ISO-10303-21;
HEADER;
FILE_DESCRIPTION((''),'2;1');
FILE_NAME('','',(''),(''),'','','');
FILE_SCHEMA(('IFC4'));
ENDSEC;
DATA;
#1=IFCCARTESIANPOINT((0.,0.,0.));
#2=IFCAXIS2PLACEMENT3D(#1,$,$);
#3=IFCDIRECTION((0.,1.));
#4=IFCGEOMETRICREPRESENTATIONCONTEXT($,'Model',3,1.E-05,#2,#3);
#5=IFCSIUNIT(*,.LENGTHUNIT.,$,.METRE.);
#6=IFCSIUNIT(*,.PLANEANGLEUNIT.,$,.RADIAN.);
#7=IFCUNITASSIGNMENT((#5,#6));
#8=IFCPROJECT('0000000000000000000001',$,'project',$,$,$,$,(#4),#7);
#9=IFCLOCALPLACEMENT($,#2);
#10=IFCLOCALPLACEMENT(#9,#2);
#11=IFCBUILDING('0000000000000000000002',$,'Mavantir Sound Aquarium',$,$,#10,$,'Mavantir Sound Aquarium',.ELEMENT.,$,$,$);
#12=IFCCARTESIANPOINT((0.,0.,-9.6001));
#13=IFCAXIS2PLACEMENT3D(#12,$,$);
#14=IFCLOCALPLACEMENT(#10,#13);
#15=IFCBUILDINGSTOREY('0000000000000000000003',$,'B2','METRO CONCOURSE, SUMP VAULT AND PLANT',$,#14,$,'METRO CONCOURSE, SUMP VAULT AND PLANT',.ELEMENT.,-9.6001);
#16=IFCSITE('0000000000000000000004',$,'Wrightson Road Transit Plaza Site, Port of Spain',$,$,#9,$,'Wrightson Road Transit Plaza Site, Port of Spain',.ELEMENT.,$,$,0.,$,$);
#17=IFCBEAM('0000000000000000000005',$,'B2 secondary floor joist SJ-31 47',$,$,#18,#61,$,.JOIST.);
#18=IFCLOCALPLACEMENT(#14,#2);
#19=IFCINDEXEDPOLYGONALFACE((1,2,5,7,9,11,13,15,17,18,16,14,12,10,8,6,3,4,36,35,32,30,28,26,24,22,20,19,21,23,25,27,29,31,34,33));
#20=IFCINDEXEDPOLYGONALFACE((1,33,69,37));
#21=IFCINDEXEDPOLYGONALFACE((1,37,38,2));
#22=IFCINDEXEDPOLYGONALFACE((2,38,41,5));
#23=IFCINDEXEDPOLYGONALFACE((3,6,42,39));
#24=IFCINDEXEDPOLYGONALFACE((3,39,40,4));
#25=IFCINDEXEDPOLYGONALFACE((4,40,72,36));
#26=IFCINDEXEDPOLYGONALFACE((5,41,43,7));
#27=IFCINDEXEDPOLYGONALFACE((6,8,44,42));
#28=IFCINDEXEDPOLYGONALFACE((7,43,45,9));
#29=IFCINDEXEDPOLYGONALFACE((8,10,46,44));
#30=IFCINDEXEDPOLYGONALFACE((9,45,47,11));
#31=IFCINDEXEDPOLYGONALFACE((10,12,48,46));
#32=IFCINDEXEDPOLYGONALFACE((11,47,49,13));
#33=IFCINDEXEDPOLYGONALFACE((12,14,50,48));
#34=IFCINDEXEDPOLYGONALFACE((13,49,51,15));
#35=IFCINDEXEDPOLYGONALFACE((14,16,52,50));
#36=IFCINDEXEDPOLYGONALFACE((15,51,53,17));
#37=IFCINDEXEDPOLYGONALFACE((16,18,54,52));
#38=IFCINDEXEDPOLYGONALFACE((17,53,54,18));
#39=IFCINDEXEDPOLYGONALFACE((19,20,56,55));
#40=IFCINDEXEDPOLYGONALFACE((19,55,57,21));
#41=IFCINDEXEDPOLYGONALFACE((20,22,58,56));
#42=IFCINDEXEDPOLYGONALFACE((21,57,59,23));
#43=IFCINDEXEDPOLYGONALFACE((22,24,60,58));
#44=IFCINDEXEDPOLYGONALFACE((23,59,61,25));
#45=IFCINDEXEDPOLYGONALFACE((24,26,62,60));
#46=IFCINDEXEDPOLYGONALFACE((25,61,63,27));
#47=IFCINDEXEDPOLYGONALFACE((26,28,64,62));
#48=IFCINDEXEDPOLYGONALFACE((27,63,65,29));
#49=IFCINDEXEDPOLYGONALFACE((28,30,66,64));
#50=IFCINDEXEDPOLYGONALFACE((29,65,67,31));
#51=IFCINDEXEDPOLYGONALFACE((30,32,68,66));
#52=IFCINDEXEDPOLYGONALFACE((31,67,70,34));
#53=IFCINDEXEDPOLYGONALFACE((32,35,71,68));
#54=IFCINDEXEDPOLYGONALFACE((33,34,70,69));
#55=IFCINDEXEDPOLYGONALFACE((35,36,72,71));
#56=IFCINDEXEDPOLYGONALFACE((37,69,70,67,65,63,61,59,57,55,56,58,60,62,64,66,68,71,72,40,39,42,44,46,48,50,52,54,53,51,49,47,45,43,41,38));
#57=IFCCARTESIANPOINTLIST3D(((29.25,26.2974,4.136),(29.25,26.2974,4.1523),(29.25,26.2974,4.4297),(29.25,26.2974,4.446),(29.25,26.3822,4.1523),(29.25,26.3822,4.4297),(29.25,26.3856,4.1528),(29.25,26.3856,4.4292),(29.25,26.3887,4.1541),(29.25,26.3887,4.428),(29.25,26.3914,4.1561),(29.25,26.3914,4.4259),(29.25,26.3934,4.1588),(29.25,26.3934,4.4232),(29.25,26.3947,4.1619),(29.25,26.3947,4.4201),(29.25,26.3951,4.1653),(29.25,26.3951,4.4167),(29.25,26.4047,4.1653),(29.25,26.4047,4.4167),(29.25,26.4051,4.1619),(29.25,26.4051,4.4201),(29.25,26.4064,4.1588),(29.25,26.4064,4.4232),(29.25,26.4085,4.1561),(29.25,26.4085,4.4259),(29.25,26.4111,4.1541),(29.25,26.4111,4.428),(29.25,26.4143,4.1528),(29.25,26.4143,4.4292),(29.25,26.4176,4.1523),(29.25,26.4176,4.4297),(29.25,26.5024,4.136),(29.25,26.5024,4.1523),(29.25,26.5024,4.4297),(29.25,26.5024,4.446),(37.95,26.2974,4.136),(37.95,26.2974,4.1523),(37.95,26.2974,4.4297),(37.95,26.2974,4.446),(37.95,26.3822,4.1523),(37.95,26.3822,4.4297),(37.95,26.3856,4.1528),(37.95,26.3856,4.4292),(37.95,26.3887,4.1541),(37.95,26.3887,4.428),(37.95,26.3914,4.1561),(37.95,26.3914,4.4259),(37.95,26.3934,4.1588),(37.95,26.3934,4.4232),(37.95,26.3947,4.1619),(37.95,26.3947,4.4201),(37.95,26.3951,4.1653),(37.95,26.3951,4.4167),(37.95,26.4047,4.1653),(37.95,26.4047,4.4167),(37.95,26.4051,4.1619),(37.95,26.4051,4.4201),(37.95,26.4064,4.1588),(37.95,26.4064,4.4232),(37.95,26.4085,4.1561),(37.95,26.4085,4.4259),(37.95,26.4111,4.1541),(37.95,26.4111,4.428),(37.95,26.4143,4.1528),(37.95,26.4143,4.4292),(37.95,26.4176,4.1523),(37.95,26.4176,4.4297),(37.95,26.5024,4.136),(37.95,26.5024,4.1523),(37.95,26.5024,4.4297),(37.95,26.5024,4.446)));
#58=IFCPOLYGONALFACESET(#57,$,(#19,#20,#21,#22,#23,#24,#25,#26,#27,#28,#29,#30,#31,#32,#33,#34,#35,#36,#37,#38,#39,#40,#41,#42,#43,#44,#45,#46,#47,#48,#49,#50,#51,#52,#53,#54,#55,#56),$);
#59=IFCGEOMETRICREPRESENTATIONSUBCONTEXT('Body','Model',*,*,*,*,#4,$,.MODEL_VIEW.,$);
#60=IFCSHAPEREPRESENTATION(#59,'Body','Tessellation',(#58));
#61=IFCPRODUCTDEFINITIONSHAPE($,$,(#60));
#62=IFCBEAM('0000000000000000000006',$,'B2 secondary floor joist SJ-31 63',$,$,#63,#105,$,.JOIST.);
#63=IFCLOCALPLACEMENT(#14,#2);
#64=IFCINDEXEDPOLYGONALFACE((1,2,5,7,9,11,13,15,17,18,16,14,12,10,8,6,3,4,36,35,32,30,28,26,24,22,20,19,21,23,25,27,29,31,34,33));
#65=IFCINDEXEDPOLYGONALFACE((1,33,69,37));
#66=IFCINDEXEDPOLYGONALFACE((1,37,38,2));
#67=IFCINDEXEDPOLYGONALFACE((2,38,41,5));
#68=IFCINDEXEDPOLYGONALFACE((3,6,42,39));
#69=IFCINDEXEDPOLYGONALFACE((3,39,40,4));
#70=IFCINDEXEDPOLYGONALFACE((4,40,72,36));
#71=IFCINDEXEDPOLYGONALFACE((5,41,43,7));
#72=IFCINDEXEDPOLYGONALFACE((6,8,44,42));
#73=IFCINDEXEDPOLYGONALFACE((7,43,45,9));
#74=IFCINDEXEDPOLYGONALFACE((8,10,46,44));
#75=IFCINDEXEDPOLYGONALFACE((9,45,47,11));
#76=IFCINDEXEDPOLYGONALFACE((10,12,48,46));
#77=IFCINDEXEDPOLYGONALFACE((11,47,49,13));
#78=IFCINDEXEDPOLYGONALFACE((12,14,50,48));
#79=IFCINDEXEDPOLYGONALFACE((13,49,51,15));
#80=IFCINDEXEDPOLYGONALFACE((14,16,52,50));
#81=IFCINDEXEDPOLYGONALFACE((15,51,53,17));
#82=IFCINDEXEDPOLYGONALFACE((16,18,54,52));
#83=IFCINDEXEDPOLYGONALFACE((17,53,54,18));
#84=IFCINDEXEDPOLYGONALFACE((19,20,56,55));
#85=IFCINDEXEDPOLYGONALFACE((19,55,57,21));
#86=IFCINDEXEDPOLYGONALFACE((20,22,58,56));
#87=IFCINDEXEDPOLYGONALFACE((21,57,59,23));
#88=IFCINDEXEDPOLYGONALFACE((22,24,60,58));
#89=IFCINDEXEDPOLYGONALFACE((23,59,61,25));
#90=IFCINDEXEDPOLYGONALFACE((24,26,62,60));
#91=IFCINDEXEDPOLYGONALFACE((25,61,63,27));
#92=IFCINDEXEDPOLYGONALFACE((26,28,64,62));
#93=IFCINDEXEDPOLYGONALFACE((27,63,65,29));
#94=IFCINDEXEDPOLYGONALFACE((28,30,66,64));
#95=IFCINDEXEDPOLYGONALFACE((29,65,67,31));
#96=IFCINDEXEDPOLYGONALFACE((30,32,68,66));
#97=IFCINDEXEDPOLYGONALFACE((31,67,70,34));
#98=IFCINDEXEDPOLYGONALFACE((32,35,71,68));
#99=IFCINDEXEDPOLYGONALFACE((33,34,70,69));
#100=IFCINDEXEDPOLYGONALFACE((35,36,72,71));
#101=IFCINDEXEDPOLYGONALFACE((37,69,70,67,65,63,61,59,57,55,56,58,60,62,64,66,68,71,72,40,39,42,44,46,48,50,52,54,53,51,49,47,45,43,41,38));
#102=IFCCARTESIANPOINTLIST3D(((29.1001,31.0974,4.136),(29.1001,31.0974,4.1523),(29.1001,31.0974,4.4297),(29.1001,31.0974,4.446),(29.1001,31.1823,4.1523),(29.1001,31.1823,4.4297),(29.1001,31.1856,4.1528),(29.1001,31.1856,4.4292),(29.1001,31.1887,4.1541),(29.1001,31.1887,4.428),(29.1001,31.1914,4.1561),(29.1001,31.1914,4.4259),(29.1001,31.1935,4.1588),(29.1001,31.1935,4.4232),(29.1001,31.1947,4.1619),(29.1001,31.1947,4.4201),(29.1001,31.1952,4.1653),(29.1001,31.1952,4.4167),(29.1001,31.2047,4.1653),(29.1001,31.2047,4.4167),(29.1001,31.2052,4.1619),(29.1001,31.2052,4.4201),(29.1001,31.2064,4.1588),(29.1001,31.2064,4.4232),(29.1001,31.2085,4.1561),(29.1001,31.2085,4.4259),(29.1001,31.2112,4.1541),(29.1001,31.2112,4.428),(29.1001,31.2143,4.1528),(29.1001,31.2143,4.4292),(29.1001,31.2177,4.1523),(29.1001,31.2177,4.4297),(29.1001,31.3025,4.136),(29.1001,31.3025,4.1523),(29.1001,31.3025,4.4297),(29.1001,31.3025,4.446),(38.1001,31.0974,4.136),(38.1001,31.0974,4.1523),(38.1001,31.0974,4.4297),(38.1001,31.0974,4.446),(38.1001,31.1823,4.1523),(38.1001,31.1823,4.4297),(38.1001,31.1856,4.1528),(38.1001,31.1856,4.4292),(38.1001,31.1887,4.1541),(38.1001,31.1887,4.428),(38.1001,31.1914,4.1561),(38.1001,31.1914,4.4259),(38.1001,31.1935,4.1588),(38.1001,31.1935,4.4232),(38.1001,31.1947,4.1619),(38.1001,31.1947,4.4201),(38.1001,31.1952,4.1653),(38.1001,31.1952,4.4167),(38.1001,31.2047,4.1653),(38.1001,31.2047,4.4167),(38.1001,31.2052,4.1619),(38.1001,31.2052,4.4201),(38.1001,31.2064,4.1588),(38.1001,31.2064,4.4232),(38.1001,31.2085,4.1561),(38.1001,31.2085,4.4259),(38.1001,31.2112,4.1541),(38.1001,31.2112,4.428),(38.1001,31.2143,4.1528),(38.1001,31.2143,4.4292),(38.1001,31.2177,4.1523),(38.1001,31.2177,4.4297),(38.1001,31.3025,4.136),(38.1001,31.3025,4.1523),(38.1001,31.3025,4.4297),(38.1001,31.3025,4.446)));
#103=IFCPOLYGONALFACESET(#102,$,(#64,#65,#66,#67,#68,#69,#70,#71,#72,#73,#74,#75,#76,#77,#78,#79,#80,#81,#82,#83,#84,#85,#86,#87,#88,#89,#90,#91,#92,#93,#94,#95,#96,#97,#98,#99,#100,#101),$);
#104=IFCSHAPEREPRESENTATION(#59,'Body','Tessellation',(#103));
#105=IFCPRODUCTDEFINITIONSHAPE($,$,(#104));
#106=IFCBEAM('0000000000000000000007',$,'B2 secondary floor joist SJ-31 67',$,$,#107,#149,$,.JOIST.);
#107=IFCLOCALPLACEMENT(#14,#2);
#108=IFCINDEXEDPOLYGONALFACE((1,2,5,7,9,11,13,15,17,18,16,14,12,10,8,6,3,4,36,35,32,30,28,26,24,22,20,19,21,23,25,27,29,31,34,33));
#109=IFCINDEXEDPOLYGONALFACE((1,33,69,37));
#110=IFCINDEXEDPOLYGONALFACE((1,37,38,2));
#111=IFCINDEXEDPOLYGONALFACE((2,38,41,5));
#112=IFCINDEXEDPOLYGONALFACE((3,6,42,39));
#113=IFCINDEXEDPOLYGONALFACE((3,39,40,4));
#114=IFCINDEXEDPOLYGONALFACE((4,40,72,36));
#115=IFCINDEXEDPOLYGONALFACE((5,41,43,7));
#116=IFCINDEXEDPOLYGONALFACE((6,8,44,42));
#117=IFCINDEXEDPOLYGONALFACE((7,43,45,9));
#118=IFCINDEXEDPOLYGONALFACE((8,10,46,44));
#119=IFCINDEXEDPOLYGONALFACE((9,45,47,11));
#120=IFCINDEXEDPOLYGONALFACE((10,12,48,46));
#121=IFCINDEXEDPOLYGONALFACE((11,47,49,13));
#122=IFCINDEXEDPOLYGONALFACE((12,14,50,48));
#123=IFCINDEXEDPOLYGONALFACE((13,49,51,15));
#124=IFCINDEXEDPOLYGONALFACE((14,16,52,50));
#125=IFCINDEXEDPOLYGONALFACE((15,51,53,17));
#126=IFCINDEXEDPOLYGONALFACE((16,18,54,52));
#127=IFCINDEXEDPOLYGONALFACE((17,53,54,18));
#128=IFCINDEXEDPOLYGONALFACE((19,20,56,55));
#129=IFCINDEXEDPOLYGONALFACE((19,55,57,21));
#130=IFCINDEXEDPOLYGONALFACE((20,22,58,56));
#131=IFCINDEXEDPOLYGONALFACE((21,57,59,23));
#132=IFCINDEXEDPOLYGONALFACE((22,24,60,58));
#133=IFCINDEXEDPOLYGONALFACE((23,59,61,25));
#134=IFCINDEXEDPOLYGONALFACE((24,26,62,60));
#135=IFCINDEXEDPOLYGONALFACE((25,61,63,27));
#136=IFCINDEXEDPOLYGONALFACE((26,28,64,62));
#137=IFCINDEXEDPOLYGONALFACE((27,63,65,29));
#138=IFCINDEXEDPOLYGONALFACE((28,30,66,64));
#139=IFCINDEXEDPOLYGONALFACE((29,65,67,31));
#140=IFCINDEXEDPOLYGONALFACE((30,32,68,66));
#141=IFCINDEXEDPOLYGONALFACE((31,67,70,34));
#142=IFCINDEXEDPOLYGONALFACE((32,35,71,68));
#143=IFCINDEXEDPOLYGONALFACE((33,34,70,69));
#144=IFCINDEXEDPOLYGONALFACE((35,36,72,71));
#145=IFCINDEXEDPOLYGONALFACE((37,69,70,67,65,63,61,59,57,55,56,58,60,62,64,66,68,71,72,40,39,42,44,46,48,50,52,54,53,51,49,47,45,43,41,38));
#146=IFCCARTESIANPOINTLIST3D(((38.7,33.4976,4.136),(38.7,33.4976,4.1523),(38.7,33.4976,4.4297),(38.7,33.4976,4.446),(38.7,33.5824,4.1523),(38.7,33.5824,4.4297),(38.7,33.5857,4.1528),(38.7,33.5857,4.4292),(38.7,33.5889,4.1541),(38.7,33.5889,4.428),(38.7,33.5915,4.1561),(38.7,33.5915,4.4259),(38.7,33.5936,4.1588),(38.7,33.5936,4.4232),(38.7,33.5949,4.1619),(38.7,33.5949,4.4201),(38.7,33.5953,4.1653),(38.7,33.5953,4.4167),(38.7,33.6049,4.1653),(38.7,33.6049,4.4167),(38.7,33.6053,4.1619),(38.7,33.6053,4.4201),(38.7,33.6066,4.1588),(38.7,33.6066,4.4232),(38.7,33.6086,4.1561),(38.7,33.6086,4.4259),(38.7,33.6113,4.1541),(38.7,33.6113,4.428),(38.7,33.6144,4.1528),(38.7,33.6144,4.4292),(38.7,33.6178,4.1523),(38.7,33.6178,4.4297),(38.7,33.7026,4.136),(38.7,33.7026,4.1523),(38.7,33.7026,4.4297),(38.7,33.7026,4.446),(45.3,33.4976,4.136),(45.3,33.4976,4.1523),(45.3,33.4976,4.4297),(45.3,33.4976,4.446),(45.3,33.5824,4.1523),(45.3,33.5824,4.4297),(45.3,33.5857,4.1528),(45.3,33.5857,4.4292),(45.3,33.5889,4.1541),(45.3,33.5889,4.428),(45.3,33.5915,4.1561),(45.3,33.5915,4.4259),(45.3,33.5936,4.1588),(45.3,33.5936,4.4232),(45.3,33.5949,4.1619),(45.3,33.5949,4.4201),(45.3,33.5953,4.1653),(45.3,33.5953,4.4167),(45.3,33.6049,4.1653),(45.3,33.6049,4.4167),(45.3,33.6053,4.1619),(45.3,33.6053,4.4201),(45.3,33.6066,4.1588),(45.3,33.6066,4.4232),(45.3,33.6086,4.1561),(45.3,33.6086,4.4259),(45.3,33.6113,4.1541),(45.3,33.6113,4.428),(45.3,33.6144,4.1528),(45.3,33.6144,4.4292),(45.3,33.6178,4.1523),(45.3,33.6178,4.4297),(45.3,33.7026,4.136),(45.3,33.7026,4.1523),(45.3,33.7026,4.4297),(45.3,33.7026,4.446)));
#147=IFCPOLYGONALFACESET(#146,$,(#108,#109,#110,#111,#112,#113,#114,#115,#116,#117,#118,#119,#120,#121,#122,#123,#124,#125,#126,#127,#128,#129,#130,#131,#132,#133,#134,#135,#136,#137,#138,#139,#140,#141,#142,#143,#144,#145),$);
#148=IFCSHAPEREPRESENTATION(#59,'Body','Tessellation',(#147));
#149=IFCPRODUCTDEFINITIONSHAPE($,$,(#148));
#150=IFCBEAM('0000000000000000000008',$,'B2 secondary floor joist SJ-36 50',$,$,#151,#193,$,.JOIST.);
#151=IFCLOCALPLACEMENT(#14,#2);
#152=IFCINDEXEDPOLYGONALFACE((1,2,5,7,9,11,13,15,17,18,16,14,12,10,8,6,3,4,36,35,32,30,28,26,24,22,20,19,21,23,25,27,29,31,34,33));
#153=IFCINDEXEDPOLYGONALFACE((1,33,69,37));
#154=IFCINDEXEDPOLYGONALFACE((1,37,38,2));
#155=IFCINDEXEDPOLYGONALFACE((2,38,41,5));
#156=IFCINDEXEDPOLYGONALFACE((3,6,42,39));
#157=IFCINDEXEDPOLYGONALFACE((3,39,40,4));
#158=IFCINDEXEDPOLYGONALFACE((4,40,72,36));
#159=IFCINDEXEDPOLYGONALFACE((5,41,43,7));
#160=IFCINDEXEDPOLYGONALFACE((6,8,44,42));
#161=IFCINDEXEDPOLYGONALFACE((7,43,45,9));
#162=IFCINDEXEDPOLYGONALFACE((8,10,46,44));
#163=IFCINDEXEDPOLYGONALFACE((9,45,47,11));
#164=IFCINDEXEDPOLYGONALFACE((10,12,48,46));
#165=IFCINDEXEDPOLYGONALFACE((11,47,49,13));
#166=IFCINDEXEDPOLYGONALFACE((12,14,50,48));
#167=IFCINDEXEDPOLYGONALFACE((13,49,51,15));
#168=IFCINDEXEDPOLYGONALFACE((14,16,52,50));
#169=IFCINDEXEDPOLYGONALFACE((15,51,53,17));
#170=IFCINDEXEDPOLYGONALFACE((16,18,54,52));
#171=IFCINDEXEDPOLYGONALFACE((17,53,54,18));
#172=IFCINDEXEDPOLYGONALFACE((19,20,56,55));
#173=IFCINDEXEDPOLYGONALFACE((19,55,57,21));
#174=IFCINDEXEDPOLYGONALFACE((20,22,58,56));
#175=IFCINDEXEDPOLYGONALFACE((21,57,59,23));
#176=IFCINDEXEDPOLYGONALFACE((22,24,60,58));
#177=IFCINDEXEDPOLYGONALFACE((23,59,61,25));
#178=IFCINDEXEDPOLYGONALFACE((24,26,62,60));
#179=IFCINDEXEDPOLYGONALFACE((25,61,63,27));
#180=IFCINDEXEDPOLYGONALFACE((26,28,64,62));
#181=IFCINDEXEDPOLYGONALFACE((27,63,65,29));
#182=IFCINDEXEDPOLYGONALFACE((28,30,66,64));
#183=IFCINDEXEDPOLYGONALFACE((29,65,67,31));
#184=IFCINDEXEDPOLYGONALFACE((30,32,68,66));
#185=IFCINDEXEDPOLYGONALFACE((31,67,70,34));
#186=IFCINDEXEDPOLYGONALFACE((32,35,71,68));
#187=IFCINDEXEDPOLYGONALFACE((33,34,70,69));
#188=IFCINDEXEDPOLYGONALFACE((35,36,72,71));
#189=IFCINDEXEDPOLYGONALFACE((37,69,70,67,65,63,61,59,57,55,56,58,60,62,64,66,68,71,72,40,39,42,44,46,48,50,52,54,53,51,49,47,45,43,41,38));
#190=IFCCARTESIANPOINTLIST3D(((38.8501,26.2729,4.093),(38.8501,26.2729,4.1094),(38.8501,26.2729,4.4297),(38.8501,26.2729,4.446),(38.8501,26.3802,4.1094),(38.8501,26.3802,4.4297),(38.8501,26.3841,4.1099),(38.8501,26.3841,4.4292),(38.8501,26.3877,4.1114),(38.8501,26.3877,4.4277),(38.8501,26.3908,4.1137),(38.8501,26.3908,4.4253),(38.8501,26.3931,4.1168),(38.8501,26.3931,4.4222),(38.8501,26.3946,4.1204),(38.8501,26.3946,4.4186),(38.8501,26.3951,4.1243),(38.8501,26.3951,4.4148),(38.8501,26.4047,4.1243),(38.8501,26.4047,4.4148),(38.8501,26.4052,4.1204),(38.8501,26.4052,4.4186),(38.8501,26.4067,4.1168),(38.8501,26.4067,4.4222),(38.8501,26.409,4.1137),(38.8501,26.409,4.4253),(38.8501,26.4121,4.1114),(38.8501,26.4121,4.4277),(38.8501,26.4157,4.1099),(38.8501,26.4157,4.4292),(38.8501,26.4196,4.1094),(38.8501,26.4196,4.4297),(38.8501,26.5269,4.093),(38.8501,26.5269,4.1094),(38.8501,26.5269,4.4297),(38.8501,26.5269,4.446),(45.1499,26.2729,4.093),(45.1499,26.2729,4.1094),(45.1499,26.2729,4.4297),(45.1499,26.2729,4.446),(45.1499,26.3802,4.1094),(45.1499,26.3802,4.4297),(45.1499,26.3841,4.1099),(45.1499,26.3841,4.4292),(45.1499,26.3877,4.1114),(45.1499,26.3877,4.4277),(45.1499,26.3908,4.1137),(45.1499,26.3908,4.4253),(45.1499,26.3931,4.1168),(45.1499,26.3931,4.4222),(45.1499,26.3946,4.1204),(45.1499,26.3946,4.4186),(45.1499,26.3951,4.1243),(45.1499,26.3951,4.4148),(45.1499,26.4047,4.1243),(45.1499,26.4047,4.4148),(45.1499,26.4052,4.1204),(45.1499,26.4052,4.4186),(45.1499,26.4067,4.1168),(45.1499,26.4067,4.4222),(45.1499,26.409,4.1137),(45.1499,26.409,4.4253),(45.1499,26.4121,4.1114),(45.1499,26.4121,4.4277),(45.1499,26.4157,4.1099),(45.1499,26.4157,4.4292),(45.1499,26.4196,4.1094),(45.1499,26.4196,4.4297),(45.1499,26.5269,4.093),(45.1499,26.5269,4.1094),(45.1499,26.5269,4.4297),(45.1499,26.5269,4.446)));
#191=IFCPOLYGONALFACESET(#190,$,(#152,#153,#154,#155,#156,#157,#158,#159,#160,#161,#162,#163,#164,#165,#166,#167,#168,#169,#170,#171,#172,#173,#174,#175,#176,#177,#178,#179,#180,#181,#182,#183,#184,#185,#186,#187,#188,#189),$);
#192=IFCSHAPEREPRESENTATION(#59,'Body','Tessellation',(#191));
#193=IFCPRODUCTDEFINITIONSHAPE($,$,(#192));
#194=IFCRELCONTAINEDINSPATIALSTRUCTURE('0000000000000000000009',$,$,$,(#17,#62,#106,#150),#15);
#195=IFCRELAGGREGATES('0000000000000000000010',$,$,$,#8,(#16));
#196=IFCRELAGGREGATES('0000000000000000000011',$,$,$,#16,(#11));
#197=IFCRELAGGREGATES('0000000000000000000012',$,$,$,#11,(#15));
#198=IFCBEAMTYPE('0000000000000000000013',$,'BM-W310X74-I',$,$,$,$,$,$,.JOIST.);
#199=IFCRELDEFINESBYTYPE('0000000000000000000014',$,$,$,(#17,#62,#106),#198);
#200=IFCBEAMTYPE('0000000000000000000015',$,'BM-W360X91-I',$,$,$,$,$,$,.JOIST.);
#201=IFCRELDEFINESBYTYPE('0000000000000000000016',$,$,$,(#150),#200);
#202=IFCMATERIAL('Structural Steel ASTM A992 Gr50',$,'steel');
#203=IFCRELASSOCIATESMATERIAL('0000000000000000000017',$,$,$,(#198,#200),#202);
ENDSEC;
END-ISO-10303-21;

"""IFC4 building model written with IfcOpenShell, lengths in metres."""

from ifc_helpers import new_model, si_unit, direction, frame, origin, origin_2d, place, context, subcontext, project, spatial, i_section, extrude, material, material_profile, profile_set, type_object, element, save


model = new_model("IFC4")

# Units and contexts
model_context = context("Model", 3, precision=1e-05, world=origin(), true_north=direction((0.0, 1.0)))
body_context = subcontext(model_context, "Body", "Model", "MODEL_VIEW")
ifc_project = project(units=[si_unit("LENGTHUNIT", "METRE"), si_unit("PLANEANGLEUNIT", "RADIAN")], contexts=[model_context])

# Site, building, storey
site_placement = place(None, origin())
site = spatial("IfcSite", under=ifc_project, at=site_placement, Name="Wrightson Road Transit Plaza Site, Port of Spain", LongName="Wrightson Road Transit Plaza Site, Port of Spain", CompositionType="ELEMENT", RefElevation=0.0)
building_placement = place(site_placement, origin())
building = spatial("IfcBuilding", under=site, at=building_placement, Name="Mavantir Sound Aquarium", LongName="Mavantir Sound Aquarium", CompositionType="ELEMENT")
storey_placement = place(building_placement, frame((0.0, 0.0, -9.6001)))
storey = spatial("IfcBuildingStorey", under=building, at=storey_placement, Name="B2", Description="METRO CONCOURSE, SUMP VAULT AND PLANT", LongName="METRO CONCOURSE, SUMP VAULT AND PLANT", CompositionType="ELEMENT", Elevation=-9.6001)

# Beams
ifc_material_1 = material(Name="Structural Steel ASTM A992 Gr50", Category="steel")
ifc_material_profile_1 = material_profile(ifc_material_1, i_section(OverallWidth=0.2051, OverallDepth=0.3101, WebThickness=0.0095, FlangeThickness=0.0164, FilletRadius=0.0129, at=origin_2d()), Name="W310X74")
ifc_profile_set_1 = profile_set([ifc_material_profile_1], Name="Structural Steel ASTM A992 Gr50")
beam_type_1 = type_object("IfcBeamType", Name="BM-W310X74-I", PredefinedType="JOIST", material=ifc_profile_set_1)
beam_1_placement = place(storey_placement, frame((29.25, 26.3999, 4.291), z_axis=(1.0, 0.0, 0.0), x_axis=(0.0, 1.0, 0.0)))
element("IfcBeam", 1, at=beam_1_placement, inside=storey, type_object=beam_type_1, Name="B2 secondary floor joist SJ-31 47", PredefinedType="JOIST", context=body_context, shape_type="SweptSolid", body=[
    extrude(i_section(OverallWidth=0.2051, OverallDepth=0.3101, WebThickness=0.0095, FlangeThickness=0.0164, FilletRadius=0.0129, at=origin_2d()), origin(), (0.0, 0.0, 1.0), 8.7),
])
beam_2_placement = place(storey_placement, frame((29.1001, 31.2, 4.291), z_axis=(1.0, 0.0, 0.0), x_axis=(0.0, 1.0, 0.0)))
element("IfcBeam", 2, at=beam_2_placement, inside=storey, type_object=beam_type_1, Name="B2 secondary floor joist SJ-31 63", PredefinedType="JOIST", context=body_context, shape_type="SweptSolid", body=[
    extrude(i_section(OverallWidth=0.2051, OverallDepth=0.3101, WebThickness=0.0095, FlangeThickness=0.0164, FilletRadius=0.0129, at=origin_2d()), origin(), (0.0, 0.0, 1.0), 9.0),
])
beam_3_placement = place(storey_placement, frame((38.7, 33.6001, 4.291), z_axis=(1.0, 0.0, 0.0), x_axis=(0.0, 1.0, 0.0)))
element("IfcBeam", 3, at=beam_3_placement, inside=storey, type_object=beam_type_1, Name="B2 secondary floor joist SJ-31 67", PredefinedType="JOIST", context=body_context, shape_type="SweptSolid", body=[
    extrude(i_section(OverallWidth=0.2051, OverallDepth=0.3101, WebThickness=0.0095, FlangeThickness=0.0164, FilletRadius=0.0129, at=origin_2d()), origin(), (0.0, 0.0, 1.0), 6.6001),
])
ifc_material_profile_2 = material_profile(ifc_material_1, i_section(OverallWidth=0.2539, OverallDepth=0.353, WebThickness=0.0095, FlangeThickness=0.0164, FilletRadius=0.0149, at=origin_2d()), Name="W360X91")
ifc_profile_set_2 = profile_set([ifc_material_profile_2], Name="Structural Steel ASTM A992 Gr50")
beam_type_2 = type_object("IfcBeamType", Name="BM-W360X91-I", PredefinedType="JOIST", material=ifc_profile_set_2)
beam_4_placement = place(storey_placement, frame((38.8501, 26.3999, 4.2695), z_axis=(1.0, 0.0, 0.0), x_axis=(0.0, 1.0, 0.0)))
element("IfcBeam", 4, at=beam_4_placement, inside=storey, type_object=beam_type_2, Name="B2 secondary floor joist SJ-36 50", PredefinedType="JOIST", context=body_context, shape_type="SweptSolid", body=[
    extrude(i_section(OverallWidth=0.2539, OverallDepth=0.353, WebThickness=0.0095, FlangeThickness=0.0164, FilletRadius=0.0149, at=origin_2d()), origin(), (0.0, 0.0, 1.0), 6.2998),
])

save(model, "model.ifc")
